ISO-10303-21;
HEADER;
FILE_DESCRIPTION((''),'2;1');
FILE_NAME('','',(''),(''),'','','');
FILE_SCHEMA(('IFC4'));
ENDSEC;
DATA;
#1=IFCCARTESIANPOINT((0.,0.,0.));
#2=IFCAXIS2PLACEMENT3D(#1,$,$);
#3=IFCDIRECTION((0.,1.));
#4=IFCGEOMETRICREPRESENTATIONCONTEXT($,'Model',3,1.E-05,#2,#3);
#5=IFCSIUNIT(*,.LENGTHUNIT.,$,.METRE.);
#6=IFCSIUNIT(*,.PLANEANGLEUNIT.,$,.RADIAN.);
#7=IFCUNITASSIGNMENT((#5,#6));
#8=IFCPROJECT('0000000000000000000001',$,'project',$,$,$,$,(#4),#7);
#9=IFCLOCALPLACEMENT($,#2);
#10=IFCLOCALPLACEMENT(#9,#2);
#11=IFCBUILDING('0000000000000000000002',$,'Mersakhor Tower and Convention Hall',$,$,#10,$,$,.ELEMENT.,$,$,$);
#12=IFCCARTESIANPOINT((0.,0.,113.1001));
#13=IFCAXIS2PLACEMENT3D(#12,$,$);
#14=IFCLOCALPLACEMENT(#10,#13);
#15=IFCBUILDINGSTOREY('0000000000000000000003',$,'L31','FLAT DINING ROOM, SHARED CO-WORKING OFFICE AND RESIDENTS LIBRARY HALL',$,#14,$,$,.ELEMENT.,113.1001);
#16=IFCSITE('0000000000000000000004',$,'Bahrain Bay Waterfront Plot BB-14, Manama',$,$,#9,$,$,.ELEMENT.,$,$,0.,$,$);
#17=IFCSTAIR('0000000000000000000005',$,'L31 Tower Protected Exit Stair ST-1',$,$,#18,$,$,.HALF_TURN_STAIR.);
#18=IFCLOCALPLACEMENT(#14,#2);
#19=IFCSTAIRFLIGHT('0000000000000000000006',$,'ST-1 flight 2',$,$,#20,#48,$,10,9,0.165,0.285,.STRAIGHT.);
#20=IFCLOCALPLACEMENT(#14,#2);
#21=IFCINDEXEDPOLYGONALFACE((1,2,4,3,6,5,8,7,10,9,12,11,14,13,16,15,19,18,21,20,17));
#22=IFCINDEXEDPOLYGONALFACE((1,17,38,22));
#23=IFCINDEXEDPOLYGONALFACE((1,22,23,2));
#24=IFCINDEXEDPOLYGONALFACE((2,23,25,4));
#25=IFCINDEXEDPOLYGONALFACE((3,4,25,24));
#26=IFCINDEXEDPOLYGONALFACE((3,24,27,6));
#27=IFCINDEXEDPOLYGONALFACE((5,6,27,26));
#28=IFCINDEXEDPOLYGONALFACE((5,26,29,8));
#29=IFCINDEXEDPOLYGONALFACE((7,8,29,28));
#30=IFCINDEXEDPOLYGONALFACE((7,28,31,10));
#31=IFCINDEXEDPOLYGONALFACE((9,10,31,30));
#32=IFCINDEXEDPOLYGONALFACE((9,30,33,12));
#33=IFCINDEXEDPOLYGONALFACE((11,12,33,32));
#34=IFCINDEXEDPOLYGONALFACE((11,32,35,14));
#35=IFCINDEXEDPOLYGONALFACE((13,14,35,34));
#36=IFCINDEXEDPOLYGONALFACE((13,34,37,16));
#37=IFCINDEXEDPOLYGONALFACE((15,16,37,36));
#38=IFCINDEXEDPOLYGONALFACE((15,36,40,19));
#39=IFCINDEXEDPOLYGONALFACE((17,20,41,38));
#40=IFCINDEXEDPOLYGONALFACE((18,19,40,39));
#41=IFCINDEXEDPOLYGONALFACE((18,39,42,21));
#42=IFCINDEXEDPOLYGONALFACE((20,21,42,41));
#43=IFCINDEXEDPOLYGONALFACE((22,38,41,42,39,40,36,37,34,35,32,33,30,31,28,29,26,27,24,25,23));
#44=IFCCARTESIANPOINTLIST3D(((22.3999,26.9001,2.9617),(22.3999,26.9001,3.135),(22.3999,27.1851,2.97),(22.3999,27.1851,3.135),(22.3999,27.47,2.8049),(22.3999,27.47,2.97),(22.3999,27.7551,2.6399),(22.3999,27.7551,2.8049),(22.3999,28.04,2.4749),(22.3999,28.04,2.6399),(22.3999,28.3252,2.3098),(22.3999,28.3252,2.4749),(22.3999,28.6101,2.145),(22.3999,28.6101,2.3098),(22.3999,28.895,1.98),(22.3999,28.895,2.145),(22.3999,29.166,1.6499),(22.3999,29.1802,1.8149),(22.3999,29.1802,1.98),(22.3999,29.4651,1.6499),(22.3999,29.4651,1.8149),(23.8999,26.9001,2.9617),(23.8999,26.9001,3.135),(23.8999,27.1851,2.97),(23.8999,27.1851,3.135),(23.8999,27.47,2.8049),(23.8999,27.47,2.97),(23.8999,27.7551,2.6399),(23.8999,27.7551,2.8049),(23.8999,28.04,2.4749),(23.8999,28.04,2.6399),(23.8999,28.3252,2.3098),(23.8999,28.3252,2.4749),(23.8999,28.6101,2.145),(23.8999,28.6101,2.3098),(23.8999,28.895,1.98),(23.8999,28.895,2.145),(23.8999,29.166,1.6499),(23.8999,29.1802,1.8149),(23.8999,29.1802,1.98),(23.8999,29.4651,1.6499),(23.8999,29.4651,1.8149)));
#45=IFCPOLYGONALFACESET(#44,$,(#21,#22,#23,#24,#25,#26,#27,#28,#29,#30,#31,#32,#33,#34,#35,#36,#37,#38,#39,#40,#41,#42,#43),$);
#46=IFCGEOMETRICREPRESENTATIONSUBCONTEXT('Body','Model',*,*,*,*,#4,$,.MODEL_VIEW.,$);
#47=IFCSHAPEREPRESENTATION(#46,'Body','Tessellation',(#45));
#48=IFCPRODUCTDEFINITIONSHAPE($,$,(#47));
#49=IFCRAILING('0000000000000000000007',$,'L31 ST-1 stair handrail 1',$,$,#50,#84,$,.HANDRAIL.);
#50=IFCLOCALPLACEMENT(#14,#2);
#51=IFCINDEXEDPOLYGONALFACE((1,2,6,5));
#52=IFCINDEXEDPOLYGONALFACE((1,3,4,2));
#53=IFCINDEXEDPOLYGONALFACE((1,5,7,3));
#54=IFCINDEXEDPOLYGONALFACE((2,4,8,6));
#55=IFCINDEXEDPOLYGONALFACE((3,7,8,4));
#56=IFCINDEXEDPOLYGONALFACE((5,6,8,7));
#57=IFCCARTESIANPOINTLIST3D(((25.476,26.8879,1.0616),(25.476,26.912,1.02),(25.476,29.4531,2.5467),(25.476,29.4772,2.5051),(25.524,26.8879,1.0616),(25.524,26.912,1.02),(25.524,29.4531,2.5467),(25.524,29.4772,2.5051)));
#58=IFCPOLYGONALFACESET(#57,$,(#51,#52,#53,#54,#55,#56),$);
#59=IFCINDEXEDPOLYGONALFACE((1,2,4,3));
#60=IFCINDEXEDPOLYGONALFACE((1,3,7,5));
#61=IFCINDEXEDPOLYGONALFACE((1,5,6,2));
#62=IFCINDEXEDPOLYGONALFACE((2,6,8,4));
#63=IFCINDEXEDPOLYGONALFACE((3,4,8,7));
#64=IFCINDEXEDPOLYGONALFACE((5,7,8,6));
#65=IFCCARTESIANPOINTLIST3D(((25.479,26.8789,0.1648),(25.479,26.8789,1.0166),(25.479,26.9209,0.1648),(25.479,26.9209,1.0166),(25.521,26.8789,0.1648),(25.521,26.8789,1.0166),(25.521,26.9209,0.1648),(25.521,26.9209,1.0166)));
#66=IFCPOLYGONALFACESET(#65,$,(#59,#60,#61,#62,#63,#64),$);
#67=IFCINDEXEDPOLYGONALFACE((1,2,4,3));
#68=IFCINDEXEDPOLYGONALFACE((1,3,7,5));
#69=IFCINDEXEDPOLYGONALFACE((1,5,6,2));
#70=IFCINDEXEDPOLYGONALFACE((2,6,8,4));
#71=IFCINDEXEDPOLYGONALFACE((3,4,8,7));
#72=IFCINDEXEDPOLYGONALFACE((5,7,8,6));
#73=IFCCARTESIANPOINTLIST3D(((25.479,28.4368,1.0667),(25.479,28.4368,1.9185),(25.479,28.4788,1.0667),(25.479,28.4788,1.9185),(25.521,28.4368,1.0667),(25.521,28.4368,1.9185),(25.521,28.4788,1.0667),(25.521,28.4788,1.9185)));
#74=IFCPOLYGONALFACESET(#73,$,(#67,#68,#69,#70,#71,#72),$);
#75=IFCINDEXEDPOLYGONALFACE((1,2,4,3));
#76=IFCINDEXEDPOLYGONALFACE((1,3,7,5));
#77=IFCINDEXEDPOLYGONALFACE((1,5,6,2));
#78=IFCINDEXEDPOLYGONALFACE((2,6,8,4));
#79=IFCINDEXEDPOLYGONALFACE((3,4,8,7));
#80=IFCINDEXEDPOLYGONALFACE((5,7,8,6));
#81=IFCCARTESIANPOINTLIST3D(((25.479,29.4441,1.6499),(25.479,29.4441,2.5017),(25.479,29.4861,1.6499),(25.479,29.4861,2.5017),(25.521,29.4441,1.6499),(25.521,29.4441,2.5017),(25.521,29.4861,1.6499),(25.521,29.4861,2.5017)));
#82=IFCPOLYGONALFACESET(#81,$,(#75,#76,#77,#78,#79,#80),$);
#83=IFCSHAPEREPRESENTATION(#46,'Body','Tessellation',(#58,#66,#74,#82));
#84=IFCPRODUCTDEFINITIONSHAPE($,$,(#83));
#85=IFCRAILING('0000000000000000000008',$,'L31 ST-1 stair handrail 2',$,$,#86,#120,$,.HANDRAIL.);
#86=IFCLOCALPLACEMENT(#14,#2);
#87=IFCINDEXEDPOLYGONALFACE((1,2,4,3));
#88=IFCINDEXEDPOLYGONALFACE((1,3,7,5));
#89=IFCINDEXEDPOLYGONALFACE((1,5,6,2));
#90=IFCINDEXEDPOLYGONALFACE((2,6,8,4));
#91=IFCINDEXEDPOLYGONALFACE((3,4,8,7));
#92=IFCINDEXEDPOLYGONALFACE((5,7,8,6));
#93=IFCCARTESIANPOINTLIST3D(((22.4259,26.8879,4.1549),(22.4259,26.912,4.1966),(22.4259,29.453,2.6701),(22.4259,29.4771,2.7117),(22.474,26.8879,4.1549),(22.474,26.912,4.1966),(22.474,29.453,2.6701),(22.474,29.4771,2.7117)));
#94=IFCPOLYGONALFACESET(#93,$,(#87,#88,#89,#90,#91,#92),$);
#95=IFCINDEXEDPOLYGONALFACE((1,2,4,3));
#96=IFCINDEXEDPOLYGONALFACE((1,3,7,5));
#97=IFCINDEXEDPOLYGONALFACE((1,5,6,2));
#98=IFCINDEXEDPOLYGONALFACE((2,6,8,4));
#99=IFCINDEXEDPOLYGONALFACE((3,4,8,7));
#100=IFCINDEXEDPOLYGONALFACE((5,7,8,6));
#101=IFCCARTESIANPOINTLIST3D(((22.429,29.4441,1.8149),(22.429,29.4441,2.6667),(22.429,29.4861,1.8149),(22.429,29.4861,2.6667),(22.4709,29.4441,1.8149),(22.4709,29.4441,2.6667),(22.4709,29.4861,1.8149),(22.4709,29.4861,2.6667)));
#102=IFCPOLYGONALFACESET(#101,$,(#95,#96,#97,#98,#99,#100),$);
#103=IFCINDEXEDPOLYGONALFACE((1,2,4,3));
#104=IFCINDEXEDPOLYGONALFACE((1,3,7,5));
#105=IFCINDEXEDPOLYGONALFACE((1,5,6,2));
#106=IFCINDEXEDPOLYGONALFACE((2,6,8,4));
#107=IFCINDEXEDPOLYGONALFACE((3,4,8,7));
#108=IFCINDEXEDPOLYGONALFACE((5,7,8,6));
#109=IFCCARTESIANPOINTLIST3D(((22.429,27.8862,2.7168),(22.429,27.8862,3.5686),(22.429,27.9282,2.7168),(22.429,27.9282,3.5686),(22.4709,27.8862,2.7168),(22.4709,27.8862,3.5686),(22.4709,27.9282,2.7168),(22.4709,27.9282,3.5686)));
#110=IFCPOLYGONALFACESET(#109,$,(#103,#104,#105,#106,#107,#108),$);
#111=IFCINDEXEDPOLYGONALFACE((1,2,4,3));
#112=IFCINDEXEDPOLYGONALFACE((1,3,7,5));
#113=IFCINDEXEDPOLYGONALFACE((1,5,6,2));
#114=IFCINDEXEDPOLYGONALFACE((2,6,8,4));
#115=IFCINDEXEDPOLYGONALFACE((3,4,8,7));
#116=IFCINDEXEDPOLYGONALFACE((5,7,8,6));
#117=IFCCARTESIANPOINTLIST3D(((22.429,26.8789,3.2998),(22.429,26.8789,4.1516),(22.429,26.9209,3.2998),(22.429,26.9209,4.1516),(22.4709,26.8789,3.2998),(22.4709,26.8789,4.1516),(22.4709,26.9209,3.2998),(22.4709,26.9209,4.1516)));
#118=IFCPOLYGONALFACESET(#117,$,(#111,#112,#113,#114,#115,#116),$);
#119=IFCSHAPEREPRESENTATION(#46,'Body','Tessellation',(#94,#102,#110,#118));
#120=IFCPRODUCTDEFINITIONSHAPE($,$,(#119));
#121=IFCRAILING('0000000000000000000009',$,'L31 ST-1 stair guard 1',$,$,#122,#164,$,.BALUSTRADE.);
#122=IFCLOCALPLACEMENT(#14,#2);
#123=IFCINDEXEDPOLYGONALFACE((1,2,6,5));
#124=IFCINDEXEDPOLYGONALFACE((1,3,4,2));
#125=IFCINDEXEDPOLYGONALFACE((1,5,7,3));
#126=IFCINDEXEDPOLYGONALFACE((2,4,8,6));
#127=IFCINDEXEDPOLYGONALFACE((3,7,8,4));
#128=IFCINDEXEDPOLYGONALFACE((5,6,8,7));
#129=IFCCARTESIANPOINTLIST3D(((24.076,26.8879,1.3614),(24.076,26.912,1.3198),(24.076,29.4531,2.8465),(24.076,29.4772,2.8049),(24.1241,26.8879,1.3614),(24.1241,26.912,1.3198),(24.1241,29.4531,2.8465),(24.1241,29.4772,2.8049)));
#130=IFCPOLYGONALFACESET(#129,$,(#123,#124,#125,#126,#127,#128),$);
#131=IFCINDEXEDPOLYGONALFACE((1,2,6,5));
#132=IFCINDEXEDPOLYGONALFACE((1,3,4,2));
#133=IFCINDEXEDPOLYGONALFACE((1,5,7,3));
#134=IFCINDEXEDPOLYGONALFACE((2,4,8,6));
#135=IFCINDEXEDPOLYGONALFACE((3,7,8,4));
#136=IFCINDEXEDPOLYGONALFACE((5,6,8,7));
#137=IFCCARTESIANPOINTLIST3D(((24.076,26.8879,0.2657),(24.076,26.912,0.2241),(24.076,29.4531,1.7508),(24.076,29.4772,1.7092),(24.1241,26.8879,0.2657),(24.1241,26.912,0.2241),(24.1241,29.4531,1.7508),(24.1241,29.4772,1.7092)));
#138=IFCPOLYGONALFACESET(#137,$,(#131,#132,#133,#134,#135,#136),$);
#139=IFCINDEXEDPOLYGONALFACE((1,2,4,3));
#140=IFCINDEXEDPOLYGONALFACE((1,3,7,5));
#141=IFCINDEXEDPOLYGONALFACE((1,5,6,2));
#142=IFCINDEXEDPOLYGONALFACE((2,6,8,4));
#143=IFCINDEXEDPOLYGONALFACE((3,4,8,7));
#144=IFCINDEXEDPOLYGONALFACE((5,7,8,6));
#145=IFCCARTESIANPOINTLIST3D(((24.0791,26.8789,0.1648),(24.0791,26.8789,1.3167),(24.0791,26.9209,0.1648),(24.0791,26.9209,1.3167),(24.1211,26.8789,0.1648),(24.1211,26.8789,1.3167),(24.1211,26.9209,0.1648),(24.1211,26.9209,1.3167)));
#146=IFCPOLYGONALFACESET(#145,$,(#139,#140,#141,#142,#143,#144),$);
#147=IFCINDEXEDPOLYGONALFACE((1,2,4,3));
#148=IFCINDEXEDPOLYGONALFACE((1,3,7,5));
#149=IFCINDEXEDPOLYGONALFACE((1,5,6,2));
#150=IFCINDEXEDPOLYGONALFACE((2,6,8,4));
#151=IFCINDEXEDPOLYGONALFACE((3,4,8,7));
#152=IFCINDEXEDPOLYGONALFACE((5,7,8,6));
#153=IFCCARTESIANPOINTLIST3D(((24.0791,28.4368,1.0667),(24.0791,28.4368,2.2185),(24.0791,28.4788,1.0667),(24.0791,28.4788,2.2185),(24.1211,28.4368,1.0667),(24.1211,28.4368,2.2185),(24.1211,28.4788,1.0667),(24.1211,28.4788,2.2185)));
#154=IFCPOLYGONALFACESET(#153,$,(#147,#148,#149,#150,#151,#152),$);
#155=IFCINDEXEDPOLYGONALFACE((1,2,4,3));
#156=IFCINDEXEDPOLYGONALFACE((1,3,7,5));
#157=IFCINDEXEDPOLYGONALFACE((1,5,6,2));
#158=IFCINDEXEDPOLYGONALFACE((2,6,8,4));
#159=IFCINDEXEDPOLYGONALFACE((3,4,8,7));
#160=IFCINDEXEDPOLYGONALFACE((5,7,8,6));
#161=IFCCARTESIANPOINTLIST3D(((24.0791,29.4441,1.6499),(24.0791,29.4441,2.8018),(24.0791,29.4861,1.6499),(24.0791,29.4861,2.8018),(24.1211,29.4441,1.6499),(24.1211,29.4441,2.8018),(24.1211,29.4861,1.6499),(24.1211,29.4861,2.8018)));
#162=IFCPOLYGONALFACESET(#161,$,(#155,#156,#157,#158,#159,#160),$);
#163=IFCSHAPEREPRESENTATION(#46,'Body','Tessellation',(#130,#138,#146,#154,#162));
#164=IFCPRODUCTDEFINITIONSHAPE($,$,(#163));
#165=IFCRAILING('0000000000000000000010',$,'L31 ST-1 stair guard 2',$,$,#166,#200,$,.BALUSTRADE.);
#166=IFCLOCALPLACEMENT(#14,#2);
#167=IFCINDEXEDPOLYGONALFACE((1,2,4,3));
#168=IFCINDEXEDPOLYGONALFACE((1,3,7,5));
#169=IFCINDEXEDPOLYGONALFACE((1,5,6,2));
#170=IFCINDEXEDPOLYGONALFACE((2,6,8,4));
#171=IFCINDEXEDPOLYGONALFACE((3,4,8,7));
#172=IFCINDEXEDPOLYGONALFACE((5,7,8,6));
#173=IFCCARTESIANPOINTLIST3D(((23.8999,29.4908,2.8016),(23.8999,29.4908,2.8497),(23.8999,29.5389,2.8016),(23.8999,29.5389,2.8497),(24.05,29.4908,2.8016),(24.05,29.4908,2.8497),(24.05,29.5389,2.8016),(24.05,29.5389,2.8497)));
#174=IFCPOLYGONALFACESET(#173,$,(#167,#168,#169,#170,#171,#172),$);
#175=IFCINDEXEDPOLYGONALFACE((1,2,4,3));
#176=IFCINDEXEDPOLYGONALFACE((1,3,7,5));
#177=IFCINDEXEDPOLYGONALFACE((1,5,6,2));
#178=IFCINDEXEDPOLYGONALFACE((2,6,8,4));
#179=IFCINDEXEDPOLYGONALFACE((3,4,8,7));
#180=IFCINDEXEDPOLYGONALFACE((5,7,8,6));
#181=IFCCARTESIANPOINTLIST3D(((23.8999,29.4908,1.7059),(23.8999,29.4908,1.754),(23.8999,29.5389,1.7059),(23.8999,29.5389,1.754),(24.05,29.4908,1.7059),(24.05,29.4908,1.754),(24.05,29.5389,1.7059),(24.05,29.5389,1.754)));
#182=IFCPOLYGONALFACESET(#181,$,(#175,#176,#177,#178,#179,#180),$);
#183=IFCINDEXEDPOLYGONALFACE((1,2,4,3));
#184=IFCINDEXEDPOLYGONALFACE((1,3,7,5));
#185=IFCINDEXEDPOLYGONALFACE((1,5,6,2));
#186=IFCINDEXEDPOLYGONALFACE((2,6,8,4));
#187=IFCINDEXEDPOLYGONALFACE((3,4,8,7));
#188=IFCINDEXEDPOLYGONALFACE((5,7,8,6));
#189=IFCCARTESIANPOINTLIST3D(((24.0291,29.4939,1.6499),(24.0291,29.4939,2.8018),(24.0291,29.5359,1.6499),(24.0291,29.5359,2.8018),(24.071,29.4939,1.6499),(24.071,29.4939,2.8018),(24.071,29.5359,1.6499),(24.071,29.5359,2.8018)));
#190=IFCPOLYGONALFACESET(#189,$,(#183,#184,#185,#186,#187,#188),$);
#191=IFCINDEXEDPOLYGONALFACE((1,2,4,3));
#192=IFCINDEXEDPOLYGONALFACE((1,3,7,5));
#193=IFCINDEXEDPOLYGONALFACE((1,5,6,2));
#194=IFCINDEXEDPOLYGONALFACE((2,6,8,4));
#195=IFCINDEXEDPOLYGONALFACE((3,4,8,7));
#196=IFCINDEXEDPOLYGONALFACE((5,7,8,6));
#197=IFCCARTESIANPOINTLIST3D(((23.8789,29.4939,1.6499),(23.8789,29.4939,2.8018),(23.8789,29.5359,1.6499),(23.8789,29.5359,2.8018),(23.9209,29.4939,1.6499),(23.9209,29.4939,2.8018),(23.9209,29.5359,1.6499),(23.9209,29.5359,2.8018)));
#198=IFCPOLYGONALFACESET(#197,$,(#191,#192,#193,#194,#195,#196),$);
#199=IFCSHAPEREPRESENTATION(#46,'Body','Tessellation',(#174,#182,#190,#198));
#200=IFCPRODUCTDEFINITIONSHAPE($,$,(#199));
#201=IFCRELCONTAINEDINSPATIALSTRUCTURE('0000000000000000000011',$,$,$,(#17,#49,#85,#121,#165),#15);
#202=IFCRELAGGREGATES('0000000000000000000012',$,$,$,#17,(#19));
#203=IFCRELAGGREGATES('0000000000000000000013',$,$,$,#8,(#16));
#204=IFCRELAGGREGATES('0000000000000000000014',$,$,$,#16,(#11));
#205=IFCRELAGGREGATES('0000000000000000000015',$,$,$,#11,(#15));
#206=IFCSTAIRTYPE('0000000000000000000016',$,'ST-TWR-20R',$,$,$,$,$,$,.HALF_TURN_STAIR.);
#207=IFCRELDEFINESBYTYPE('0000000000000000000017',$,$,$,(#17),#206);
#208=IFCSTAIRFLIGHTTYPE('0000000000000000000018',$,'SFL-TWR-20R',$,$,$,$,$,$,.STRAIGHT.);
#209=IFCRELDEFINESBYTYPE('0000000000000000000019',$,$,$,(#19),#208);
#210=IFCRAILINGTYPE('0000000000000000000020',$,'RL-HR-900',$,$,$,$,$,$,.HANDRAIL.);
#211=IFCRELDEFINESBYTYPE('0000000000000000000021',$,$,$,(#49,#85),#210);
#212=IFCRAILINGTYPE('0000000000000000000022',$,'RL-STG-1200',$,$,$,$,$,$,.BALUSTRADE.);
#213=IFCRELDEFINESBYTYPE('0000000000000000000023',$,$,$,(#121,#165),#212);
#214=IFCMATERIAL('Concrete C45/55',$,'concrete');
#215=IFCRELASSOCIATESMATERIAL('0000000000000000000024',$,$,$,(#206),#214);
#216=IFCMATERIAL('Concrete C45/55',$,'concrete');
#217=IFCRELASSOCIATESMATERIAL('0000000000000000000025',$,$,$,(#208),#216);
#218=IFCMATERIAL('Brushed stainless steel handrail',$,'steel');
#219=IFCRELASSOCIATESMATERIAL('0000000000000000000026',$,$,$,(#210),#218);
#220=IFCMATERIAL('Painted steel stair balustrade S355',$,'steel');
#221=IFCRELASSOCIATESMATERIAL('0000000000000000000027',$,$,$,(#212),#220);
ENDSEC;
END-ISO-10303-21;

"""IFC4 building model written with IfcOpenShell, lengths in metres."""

from ifc_helpers import new_model, si_unit, direction, frame, origin, origin_2d, place, context, subcontext, project, spatial, polyline, rectangle, outline, extrude, material, type_object, element, aggregate, save


model = new_model("IFC4")

# Units and contexts
model_context = context("Model", 3, precision=1e-05, world=origin(), true_north=direction((0.0, 1.0)))
body_context = subcontext(model_context, "Body", "Model", "MODEL_VIEW")
ifc_project = project(units=[si_unit("LENGTHUNIT", "METRE"), si_unit("PLANEANGLEUNIT", "RADIAN")], contexts=[model_context])

# Site, building, storey
site_placement = place(None, origin())
site = spatial("IfcSite", under=ifc_project, at=site_placement, Name="Bahrain Bay Waterfront Plot BB-14, Manama", CompositionType="ELEMENT", RefElevation=0.0)
building_placement = place(site_placement, origin())
building = spatial("IfcBuilding", under=site, at=building_placement, Name="Mersakhor Tower and Convention Hall", CompositionType="ELEMENT")
storey_placement = place(building_placement, frame((0.0, 0.0, 113.1001)))
storey = spatial("IfcBuildingStorey", under=building, at=storey_placement, Name="L31", Description="FLAT DINING ROOM, SHARED CO-WORKING OFFICE AND RESIDENTS LIBRARY HALL", CompositionType="ELEMENT", Elevation=113.1001)

# Stair, stair flight
ifc_material_1 = material(Name="Concrete C45/55", Category="concrete")
stair_type = type_object("IfcStairType", Name="ST-TWR-20R", PredefinedType="HALF_TURN_STAIR", material=ifc_material_1)
stair_placement = place(storey_placement, origin())
stair = element("IfcStair", 1, at=stair_placement, inside=storey, type_object=stair_type, Name="L31 Tower Protected Exit Stair ST-1", PredefinedType="HALF_TURN_STAIR")
ifc_material_2 = material(Name="Concrete C45/55", Category="concrete")
stair_flight_type = type_object("IfcStairFlightType", Name="SFL-TWR-20R", PredefinedType="STRAIGHT", material=ifc_material_2)
stair_flight_1_placement = place(storey_placement, frame((23.1499, 29.4651, 1.6499), z_axis=(0.0, 0.0, 1.0), x_axis=(0.0, -1.0, 0.0)))
stair_flight_1 = element("IfcStairFlight", 2, at=stair_flight_1_placement, type_object=stair_flight_type, Name="ST-1 flight 2", NumberOfRisers=10, NumberOfTreads=9, PredefinedType="STRAIGHT", RiserHeight=0.165, TreadLength=0.285, context=body_context, shape_type="SweptSolid", body=[
    extrude(outline(polyline([(0.0, 0.0), (0.0, 0.165), (0.2849, 0.165), (0.2849, 0.3301), (0.5701, 0.3301), (0.5701, 0.4951), (0.855, 0.4951), (0.855, 0.6599), (1.1399, 0.6599), (1.1399, 0.825), (1.425, 0.825), (1.425, 0.99), (1.71, 0.99), (1.71, 1.155), (1.9951, 1.155), (1.9951, 1.3201), (2.28, 1.3201), (2.28, 1.4851), (2.5649, 1.4851), (2.5649, 1.6499), (2.5649, 1.3118), (0.2991, 0.0), (0.0, 0.0)])), frame((0.0, 0.75, 0.0), z_axis=(0.0, -1.0, 0.0), x_axis=(1.0, 0.0, 0.0)), (0.0, 0.0, 1.0), 1.5),
])
aggregate(stair, [stair_flight_1])

# Railings
ifc_material_3 = material(Name="Brushed stainless steel handrail", Category="steel")
railing_type_1 = type_object("IfcRailingType", Name="RL-HR-900", PredefinedType="HANDRAIL", material=ifc_material_3)
railing_1_placement = place(storey_placement, frame((25.5, 26.8999, 0.1648)))
element("IfcRailing", 3, at=railing_1_placement, inside=storey, type_object=railing_type_1, Name="L31 ST-1 stair handrail 1", PredefinedType="HANDRAIL", context=body_context, shape_type="SweptSolid", body=[
    extrude(rectangle(XDim=0.0481, YDim=0.0481, at=origin_2d()), frame((0.0, 0.0, 0.876), z_axis=(0.0, 0.865426, 0.501036), x_axis=(-1.0, 0.0, 0.0)), (0.0, 0.0, 1.0), 2.9641),
    extrude(rectangle(XDim=0.042, YDim=0.042, at=origin_2d()), origin(), (0.0, 0.0, 1.0), 0.8518),
    extrude(rectangle(XDim=0.042, YDim=0.042, at=origin_2d()), frame((0.0, 1.5579, 0.9019)), (0.0, 0.0, 1.0), 0.8518),
    extrude(rectangle(XDim=0.042, YDim=0.042, at=origin_2d()), frame((0.0, 2.5652, 1.4851)), (0.0, 0.0, 1.0), 0.8518),
])
railing_2_placement = place(storey_placement, frame((22.45, 29.4651, 1.8149)))
element("IfcRailing", 4, at=railing_2_placement, inside=storey, type_object=railing_type_1, Name="L31 ST-1 stair handrail 2", PredefinedType="HANDRAIL", context=body_context, shape_type="SweptSolid", body=[
    extrude(rectangle(XDim=0.0481, YDim=0.0481, at=origin_2d()), frame((0.0, 0.0, 0.876), z_axis=(0.0, -0.865462, 0.500975), x_axis=(1.0, 0.0, 0.0)), (0.0, 0.0, 1.0), 2.9639),
    extrude(rectangle(XDim=0.042, YDim=0.042, at=origin_2d()), origin(), (0.0, 0.0, 1.0), 0.8518),
    extrude(rectangle(XDim=0.042, YDim=0.042, at=origin_2d()), frame((0.0, -1.5579, 0.9019)), (0.0, 0.0, 1.0), 0.8518),
    extrude(rectangle(XDim=0.042, YDim=0.042, at=origin_2d()), frame((0.0, -2.5652, 1.4849)), (0.0, 0.0, 1.0), 0.8518),
])
ifc_material_4 = material(Name="Painted steel stair balustrade S355", Category="steel")
railing_type_2 = type_object("IfcRailingType", Name="RL-STG-1200", PredefinedType="BALUSTRADE", material=ifc_material_4)
railing_3_placement = place(storey_placement, frame((24.1001, 26.8999, 0.1648)))
element("IfcRailing", 5, at=railing_3_placement, inside=storey, type_object=railing_type_2, Name="L31 ST-1 stair guard 1", PredefinedType="BALUSTRADE", context=body_context, shape_type="SweptSolid", body=[
    extrude(rectangle(XDim=0.0481, YDim=0.0481, at=origin_2d()), frame((0.0, 0.0, 1.1758), z_axis=(0.0, 0.865426, 0.501036), x_axis=(-1.0, 0.0, 0.0)), (0.0, 0.0, 1.0), 2.9641),
    extrude(rectangle(XDim=0.0481, YDim=0.0481, at=origin_2d()), frame((0.0, 0.0, 0.0801), z_axis=(0.0, 0.865426, 0.501036), x_axis=(-1.0, 0.0, 0.0)), (0.0, 0.0, 1.0), 2.9641),
    extrude(rectangle(XDim=0.042, YDim=0.042, at=origin_2d()), origin(), (0.0, 0.0, 1.0), 1.1519),
    extrude(rectangle(XDim=0.042, YDim=0.042, at=origin_2d()), frame((0.0, 1.5579, 0.9019)), (0.0, 0.0, 1.0), 1.1519),
    extrude(rectangle(XDim=0.042, YDim=0.042, at=origin_2d()), frame((0.0, 2.5652, 1.4851)), (0.0, 0.0, 1.0), 1.1519),
])
railing_4_placement = place(storey_placement, frame((24.05, 29.5149, 1.6499)))
element("IfcRailing", 6, at=railing_4_placement, inside=storey, type_object=railing_type_2, Name="L31 ST-1 stair guard 2", PredefinedType="BALUSTRADE", context=body_context, shape_type="SweptSolid", body=[
    extrude(rectangle(XDim=0.0481, YDim=0.0481, at=origin_2d()), frame((0.0, 0.0, 1.1758), z_axis=(-1.0, 0.0, 0.0), x_axis=(0.0, -1.0, 0.0)), (0.0, 0.0, 1.0), 0.1501),
    extrude(rectangle(XDim=0.0481, YDim=0.0481, at=origin_2d()), frame((0.0, 0.0, 0.0801), z_axis=(-1.0, 0.0, 0.0), x_axis=(0.0, -1.0, 0.0)), (0.0, 0.0, 1.0), 0.1501),
    extrude(rectangle(XDim=0.042, YDim=0.042, at=origin_2d()), origin(), (0.0, 0.0, 1.0), 1.1519),
    extrude(rectangle(XDim=0.042, YDim=0.042, at=origin_2d()), frame((-0.1501, 0.0, 0.0)), (0.0, 0.0, 1.0), 1.1519),
])

save(model, "model.ifc")
